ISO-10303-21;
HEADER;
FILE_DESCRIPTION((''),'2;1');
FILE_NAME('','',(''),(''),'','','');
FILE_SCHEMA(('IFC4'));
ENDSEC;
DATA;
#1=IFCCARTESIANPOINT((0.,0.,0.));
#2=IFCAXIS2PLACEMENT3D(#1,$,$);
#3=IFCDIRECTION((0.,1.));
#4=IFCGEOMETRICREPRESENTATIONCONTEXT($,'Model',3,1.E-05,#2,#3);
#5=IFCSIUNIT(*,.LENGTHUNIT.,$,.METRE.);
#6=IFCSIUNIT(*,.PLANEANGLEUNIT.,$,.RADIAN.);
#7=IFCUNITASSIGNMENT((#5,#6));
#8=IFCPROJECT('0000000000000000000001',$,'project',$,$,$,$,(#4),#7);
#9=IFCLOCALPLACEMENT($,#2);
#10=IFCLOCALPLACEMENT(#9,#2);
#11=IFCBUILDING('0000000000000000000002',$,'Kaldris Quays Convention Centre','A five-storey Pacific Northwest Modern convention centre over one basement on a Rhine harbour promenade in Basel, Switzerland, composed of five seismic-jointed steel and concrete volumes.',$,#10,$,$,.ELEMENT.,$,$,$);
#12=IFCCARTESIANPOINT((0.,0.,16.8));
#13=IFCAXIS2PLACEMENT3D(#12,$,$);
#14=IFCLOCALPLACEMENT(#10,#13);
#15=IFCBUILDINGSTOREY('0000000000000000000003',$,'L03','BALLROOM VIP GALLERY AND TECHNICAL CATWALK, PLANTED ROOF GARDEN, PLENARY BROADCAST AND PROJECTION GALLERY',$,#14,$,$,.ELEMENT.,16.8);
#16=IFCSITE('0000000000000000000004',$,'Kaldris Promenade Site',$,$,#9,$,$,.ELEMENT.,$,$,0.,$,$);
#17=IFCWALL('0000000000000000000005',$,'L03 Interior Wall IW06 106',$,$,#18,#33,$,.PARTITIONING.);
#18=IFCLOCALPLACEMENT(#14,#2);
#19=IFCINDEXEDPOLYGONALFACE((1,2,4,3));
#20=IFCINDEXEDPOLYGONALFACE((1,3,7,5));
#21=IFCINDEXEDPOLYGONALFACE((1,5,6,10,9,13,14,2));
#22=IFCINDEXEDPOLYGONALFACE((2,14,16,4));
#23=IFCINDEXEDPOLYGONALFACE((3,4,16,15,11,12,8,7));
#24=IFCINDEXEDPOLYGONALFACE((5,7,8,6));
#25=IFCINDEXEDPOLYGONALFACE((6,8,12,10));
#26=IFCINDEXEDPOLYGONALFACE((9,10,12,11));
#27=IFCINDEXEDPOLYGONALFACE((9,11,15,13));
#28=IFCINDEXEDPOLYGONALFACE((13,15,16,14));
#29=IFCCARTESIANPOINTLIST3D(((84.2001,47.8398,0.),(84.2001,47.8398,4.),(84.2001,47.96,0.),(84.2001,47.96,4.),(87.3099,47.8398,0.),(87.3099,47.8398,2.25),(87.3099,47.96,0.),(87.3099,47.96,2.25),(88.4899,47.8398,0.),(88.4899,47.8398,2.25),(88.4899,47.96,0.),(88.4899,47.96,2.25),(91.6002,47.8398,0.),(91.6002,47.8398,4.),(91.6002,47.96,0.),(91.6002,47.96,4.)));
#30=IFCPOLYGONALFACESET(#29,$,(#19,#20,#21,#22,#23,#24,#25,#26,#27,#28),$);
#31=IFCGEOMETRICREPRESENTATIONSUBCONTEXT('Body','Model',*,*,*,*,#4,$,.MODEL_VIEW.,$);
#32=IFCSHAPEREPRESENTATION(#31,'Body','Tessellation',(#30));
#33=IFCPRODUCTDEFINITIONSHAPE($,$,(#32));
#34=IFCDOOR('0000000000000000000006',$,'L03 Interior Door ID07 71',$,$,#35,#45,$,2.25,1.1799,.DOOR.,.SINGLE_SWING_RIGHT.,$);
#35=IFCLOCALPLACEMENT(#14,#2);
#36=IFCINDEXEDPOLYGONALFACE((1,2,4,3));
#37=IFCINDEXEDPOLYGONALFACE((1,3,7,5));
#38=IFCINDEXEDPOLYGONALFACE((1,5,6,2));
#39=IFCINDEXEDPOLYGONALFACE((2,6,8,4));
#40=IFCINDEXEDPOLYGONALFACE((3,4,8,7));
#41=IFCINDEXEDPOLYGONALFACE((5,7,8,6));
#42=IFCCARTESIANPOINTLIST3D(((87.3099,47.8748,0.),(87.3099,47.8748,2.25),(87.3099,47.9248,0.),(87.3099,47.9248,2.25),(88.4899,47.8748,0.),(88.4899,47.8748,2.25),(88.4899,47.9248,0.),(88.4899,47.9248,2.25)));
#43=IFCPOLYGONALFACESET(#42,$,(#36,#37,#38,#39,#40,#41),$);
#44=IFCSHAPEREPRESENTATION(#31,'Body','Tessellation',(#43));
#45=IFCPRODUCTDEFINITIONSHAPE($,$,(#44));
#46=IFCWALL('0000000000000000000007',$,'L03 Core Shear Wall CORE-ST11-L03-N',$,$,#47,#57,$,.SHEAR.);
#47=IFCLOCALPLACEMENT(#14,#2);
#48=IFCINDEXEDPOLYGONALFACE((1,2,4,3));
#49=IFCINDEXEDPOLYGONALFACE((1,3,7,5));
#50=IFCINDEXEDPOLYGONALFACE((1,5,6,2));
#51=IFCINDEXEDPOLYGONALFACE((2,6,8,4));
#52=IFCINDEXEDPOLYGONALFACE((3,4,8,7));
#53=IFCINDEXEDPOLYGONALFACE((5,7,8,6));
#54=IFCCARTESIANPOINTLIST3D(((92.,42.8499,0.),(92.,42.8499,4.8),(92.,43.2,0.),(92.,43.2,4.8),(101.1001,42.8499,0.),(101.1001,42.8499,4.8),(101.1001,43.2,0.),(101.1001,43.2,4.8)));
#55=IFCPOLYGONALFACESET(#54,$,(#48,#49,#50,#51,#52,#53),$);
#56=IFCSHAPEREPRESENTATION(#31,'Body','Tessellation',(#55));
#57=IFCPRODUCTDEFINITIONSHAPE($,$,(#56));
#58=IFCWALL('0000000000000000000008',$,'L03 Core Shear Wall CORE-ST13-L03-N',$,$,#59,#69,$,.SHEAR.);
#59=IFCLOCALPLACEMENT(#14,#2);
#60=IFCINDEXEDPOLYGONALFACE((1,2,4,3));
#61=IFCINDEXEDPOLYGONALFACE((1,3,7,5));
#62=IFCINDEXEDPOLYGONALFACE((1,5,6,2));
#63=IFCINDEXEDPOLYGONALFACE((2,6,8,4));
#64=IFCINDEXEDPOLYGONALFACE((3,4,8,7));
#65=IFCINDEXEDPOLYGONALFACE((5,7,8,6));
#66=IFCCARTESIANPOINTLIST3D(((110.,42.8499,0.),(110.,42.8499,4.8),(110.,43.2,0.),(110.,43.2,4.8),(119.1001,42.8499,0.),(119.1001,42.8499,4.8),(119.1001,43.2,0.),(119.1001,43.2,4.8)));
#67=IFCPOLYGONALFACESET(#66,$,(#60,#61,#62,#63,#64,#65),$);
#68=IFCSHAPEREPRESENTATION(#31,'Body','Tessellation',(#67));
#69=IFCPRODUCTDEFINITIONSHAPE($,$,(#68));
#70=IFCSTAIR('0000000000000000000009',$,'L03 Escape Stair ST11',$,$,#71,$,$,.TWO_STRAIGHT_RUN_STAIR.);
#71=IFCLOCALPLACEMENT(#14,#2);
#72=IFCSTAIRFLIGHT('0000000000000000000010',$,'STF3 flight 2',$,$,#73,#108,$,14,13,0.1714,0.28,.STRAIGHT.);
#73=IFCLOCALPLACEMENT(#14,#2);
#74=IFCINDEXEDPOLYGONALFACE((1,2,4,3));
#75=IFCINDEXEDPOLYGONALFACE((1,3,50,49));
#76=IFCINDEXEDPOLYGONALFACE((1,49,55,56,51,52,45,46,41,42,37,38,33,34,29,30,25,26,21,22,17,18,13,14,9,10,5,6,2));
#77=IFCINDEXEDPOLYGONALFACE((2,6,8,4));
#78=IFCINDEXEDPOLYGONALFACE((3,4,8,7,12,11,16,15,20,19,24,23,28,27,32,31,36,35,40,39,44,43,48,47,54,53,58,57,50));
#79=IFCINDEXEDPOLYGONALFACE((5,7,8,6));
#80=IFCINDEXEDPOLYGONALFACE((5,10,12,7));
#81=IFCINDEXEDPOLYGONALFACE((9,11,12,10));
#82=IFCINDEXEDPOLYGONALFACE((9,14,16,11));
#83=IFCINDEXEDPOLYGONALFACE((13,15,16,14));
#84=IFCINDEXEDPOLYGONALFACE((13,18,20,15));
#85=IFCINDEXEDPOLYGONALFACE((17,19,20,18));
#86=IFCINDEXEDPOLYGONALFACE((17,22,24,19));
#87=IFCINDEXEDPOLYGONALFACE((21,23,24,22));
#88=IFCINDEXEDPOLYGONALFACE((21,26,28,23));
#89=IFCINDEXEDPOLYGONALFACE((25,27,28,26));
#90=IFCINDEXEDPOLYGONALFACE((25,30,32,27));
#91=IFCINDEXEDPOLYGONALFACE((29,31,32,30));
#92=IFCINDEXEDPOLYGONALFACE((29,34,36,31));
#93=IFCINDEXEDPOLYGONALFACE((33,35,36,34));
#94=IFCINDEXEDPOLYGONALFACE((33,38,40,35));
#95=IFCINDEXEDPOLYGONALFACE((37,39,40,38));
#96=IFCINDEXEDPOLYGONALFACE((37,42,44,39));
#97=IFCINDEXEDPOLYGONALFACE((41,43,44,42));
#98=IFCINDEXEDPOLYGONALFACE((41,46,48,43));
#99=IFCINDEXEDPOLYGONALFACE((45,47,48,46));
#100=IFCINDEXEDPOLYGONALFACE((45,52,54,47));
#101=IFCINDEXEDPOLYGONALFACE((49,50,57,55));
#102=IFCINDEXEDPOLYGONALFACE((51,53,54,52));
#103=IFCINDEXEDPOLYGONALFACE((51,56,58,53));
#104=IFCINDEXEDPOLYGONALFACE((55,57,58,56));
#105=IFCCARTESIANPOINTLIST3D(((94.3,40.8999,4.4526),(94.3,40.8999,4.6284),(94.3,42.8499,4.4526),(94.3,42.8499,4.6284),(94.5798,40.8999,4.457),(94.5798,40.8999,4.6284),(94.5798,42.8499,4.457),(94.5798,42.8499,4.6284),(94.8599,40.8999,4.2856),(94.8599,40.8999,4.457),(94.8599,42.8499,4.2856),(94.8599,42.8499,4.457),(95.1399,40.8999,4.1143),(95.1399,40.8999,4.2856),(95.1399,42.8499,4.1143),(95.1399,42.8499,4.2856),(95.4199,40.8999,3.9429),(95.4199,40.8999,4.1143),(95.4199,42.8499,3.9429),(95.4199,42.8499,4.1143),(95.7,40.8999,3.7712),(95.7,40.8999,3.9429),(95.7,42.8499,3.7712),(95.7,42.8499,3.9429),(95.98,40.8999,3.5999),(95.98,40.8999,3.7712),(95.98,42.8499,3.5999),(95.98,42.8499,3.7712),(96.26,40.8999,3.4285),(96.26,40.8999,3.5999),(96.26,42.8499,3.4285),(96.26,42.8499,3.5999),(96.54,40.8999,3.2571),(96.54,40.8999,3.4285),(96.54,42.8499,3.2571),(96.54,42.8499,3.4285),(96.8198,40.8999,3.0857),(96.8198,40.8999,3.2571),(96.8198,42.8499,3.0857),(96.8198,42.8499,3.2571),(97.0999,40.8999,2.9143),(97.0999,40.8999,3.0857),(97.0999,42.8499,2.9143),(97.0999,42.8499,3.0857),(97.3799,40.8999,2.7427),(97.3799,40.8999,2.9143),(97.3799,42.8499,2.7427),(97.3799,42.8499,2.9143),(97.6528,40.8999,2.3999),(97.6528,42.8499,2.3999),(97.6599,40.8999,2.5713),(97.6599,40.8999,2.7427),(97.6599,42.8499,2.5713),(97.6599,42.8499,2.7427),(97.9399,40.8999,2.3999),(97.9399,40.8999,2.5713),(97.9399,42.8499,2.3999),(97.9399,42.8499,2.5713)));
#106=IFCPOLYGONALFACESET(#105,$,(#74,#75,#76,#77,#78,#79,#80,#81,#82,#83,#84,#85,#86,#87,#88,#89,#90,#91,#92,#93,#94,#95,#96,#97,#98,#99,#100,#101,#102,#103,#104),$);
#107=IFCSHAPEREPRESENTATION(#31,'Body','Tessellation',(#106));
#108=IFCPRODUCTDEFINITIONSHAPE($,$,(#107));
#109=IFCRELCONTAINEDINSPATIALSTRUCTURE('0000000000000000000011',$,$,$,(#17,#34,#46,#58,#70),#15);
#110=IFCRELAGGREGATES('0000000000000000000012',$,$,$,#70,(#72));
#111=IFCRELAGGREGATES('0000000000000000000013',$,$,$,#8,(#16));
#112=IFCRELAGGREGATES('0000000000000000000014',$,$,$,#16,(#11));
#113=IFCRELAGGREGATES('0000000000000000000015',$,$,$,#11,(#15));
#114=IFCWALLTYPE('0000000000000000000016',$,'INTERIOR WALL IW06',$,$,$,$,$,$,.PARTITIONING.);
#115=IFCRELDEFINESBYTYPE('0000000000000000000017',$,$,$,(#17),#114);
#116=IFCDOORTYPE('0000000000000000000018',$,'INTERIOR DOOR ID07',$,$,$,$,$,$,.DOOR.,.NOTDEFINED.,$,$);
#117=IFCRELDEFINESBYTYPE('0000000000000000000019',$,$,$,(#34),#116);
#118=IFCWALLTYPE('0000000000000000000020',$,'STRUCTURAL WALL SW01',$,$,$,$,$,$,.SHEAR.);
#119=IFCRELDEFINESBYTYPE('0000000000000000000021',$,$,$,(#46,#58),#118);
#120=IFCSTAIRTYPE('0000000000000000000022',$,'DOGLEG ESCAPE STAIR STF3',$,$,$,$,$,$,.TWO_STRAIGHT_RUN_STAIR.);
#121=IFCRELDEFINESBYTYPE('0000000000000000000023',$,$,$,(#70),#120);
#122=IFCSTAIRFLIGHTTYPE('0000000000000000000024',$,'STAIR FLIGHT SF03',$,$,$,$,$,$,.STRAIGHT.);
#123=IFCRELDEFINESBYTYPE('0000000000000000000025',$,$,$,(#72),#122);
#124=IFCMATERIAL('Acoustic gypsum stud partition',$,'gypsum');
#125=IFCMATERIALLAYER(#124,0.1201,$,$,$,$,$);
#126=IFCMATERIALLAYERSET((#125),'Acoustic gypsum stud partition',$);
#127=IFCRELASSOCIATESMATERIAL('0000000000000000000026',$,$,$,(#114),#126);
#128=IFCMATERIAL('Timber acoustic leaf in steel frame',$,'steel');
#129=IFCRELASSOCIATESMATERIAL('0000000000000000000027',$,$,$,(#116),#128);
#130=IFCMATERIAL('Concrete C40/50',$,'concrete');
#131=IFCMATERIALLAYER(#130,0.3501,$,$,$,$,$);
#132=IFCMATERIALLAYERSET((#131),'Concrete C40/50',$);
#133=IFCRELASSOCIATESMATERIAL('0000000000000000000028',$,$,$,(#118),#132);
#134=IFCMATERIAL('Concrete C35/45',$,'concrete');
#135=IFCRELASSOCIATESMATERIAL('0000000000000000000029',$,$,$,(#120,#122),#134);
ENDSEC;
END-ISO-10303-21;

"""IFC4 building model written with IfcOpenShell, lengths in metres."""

from ifc_helpers import new_model, si_unit, direction, frame, frame_2d, origin, place, context, subcontext, project, spatial, polyline, rectangle, outline, extrude, material, layer, layer_set, type_object, element, fill, aggregate, save


model = new_model("IFC4")

# Units and contexts
model_context = context("Model", 3, precision=1e-05, world=origin(), true_north=direction((0.0, 1.0)))
body_context = subcontext(model_context, "Body", "Model", "MODEL_VIEW")
ifc_project = project(units=[si_unit("LENGTHUNIT", "METRE"), si_unit("PLANEANGLEUNIT", "RADIAN")], contexts=[model_context])

# Site, building, storey
site_placement = place(None, origin())
site = spatial("IfcSite", under=ifc_project, at=site_placement, Name="Kaldris Promenade Site", CompositionType="ELEMENT", RefElevation=0.0)
building_placement = place(site_placement, origin())
building = spatial("IfcBuilding", under=site, at=building_placement, Name="Kaldris Quays Convention Centre", Description="A five-storey Pacific Northwest Modern convention centre over one basement on a Rhine harbour promenade in Basel, Switzerland, composed of five seismic-jointed steel and concrete volumes.", CompositionType="ELEMENT")
storey_placement = place(building_placement, frame((0.0, 0.0, 16.8)))
storey = spatial("IfcBuildingStorey", under=building, at=storey_placement, Name="L03", Description="BALLROOM VIP GALLERY AND TECHNICAL CATWALK, PLANTED ROOF GARDEN, PLENARY BROADCAST AND PROJECTION GALLERY", CompositionType="ELEMENT", Elevation=16.8)

# Shared definitions
ifc_material_1 = material(Name="Concrete C35/45", Category="concrete")

# Wall, opening, door
ifc_material_2 = material(Name="Acoustic gypsum stud partition", Category="gypsum")
ifc_layer_1 = layer(ifc_material_2, 0.1201)
ifc_layer_set_1 = layer_set([ifc_layer_1], Name="Acoustic gypsum stud partition")
wall_type_1 = type_object("IfcWallType", Name="INTERIOR WALL IW06", PredefinedType="PARTITIONING", material=ifc_layer_set_1)
wall_1_placement = place(storey_placement, frame((84.2, 47.8999, 0.0), z_axis=(0.0, 0.0, 1.0), x_axis=(1.0, 0.0, 0.0)))
wall_1 = element("IfcWall", 1, at=wall_1_placement, inside=storey, type_object=wall_type_1, Name="L03 Interior Wall IW06 106", PredefinedType="PARTITIONING", context=body_context, shape_type="SweptSolid", body=[
    extrude(rectangle(XDim=7.4001, YDim=0.1201, at=frame_2d((3.7002, 0.0))), origin(), (0.0, 0.0, 1.0), 4.0),
])
opening_1_placement = place(wall_1_placement, frame((3.1101, 0.0, 0.0)))
opening_1 = element("IfcOpeningElement", 2, at=opening_1_placement, cuts=wall_1, PredefinedType="OPENING", context=body_context, shape_type="SweptSolid", body=[
    extrude(rectangle(XDim=1.1799, YDim=2.25, at=frame_2d((0.5898, 1.125))), frame((0.0, 0.0701, 0.0), z_axis=(0.0, -1.0, 0.0), x_axis=(1.0, 0.0, 0.0)), (0.0, 0.0, 1.0), 0.1401),
])
ifc_material_3 = material(Name="Timber acoustic leaf in steel frame", Category="steel")
door_type_1 = type_object("IfcDoorType", Name="INTERIOR DOOR ID07", OperationType="NOTDEFINED", PredefinedType="DOOR", material=ifc_material_3)
door_1_placement = place(opening_1_placement, origin())
door_1 = element("IfcDoor", 3, at=door_1_placement, inside=storey, type_object=door_type_1, Name="L03 Interior Door ID07 71", OperationType="SINGLE_SWING_RIGHT", OverallHeight=2.25, OverallWidth=1.1799, PredefinedType="DOOR", context=body_context, shape_type="SweptSolid", body=[
    extrude(rectangle(XDim=1.1799, YDim=2.25, at=frame_2d((0.5898, 1.125))), frame((0.0, 0.0249, 0.0), z_axis=(0.0, -1.0, 0.0), x_axis=(1.0, 0.0, 0.0)), (0.0, 0.0, 1.0), 0.05),
])
fill(opening_1, door_1)

# Walls
ifc_material_4 = material(Name="Concrete C40/50", Category="concrete")
ifc_layer_2 = layer(ifc_material_4, 0.3501)
ifc_layer_set_2 = layer_set([ifc_layer_2], Name="Concrete C40/50")
wall_type_2 = type_object("IfcWallType", Name="STRUCTURAL WALL SW01", PredefinedType="SHEAR", material=ifc_layer_set_2)
for number, where, z_axis, x_axis, name in (
    (4, (92.0, 43.0249, 0.0), (0.0, 0.0, 1.0), (1.0, 0.0, 0.0), "L03 Core Shear Wall CORE-ST11-L03-N"),
    (5, (110.0, 43.0249, 0.0), (0.0, 0.0, 1.0), (1.0, 0.0, 0.0), "L03 Core Shear Wall CORE-ST13-L03-N"),
):
    element("IfcWall", number, at=place(storey_placement, frame(where, z_axis=z_axis, x_axis=x_axis)), inside=storey, type_object=wall_type_2, Name=name, PredefinedType="SHEAR", context=body_context, shape_type="SweptSolid", body=[
        extrude(rectangle(XDim=9.1001, YDim=0.3501, at=frame_2d((4.55, 0.0))), origin(), (0.0, 0.0, 1.0), 4.8),
    ])

# Stair, stair flight
stair_type = type_object("IfcStairType", Name="DOGLEG ESCAPE STAIR STF3", PredefinedType="TWO_STRAIGHT_RUN_STAIR", material=ifc_material_1)
stair_placement = place(storey_placement, origin())
stair = element("IfcStair", 6, at=stair_placement, inside=storey, type_object=stair_type, Name="L03 Escape Stair ST11", PredefinedType="TWO_STRAIGHT_RUN_STAIR")
stair_flight_type = type_object("IfcStairFlightType", Name="STAIR FLIGHT SF03", PredefinedType="STRAIGHT", material=ifc_material_1)
stair_flight_placement = place(storey_placement, frame((97.9399, 41.875, 2.3999), z_axis=(0.0, 0.0, 1.0), x_axis=(-1.0, 0.0, 0.0)))
stair_flight = element("IfcStairFlight", 7, at=stair_flight_placement, type_object=stair_flight_type, Name="STF3 flight 2", NumberOfRisers=14, NumberOfTreads=13, PredefinedType="STRAIGHT", RiserHeight=0.1714, TreadLength=0.28, context=body_context, shape_type="SweptSolid", body=[
    extrude(outline(polyline([(0.0, 0.0), (0.0, 0.1714), (0.28, 0.1714), (0.28, 0.3428), (0.5601, 0.3428), (0.5601, 0.5144), (0.8401, 0.5144), (0.8401, 0.6858), (1.1201, 0.6858), (1.1201, 0.8572), (1.3999, 0.8572), (1.3999, 1.0286), (1.6799, 1.0286), (1.6799, 1.2), (1.96, 1.2), (1.96, 1.3713), (2.24, 1.3713), (2.24, 1.543), (2.52, 1.543), (2.52, 1.7144), (2.8, 1.7144), (2.8, 1.8857), (3.0801, 1.8857), (3.0801, 2.0571), (3.3601, 2.0571), (3.3601, 2.2285), (3.6399, 2.2285), (3.6399, 2.3999), (3.6399, 2.0527), (0.2871, 0.0), (0.0, 0.0)])), frame((0.0, 0.9751, 0.0), z_axis=(0.0, -1.0, 0.0), x_axis=(1.0, 0.0, 0.0)), (0.0, 0.0, 1.0), 1.95),
])
aggregate(stair, [stair_flight])

save(model, "model.ifc")
